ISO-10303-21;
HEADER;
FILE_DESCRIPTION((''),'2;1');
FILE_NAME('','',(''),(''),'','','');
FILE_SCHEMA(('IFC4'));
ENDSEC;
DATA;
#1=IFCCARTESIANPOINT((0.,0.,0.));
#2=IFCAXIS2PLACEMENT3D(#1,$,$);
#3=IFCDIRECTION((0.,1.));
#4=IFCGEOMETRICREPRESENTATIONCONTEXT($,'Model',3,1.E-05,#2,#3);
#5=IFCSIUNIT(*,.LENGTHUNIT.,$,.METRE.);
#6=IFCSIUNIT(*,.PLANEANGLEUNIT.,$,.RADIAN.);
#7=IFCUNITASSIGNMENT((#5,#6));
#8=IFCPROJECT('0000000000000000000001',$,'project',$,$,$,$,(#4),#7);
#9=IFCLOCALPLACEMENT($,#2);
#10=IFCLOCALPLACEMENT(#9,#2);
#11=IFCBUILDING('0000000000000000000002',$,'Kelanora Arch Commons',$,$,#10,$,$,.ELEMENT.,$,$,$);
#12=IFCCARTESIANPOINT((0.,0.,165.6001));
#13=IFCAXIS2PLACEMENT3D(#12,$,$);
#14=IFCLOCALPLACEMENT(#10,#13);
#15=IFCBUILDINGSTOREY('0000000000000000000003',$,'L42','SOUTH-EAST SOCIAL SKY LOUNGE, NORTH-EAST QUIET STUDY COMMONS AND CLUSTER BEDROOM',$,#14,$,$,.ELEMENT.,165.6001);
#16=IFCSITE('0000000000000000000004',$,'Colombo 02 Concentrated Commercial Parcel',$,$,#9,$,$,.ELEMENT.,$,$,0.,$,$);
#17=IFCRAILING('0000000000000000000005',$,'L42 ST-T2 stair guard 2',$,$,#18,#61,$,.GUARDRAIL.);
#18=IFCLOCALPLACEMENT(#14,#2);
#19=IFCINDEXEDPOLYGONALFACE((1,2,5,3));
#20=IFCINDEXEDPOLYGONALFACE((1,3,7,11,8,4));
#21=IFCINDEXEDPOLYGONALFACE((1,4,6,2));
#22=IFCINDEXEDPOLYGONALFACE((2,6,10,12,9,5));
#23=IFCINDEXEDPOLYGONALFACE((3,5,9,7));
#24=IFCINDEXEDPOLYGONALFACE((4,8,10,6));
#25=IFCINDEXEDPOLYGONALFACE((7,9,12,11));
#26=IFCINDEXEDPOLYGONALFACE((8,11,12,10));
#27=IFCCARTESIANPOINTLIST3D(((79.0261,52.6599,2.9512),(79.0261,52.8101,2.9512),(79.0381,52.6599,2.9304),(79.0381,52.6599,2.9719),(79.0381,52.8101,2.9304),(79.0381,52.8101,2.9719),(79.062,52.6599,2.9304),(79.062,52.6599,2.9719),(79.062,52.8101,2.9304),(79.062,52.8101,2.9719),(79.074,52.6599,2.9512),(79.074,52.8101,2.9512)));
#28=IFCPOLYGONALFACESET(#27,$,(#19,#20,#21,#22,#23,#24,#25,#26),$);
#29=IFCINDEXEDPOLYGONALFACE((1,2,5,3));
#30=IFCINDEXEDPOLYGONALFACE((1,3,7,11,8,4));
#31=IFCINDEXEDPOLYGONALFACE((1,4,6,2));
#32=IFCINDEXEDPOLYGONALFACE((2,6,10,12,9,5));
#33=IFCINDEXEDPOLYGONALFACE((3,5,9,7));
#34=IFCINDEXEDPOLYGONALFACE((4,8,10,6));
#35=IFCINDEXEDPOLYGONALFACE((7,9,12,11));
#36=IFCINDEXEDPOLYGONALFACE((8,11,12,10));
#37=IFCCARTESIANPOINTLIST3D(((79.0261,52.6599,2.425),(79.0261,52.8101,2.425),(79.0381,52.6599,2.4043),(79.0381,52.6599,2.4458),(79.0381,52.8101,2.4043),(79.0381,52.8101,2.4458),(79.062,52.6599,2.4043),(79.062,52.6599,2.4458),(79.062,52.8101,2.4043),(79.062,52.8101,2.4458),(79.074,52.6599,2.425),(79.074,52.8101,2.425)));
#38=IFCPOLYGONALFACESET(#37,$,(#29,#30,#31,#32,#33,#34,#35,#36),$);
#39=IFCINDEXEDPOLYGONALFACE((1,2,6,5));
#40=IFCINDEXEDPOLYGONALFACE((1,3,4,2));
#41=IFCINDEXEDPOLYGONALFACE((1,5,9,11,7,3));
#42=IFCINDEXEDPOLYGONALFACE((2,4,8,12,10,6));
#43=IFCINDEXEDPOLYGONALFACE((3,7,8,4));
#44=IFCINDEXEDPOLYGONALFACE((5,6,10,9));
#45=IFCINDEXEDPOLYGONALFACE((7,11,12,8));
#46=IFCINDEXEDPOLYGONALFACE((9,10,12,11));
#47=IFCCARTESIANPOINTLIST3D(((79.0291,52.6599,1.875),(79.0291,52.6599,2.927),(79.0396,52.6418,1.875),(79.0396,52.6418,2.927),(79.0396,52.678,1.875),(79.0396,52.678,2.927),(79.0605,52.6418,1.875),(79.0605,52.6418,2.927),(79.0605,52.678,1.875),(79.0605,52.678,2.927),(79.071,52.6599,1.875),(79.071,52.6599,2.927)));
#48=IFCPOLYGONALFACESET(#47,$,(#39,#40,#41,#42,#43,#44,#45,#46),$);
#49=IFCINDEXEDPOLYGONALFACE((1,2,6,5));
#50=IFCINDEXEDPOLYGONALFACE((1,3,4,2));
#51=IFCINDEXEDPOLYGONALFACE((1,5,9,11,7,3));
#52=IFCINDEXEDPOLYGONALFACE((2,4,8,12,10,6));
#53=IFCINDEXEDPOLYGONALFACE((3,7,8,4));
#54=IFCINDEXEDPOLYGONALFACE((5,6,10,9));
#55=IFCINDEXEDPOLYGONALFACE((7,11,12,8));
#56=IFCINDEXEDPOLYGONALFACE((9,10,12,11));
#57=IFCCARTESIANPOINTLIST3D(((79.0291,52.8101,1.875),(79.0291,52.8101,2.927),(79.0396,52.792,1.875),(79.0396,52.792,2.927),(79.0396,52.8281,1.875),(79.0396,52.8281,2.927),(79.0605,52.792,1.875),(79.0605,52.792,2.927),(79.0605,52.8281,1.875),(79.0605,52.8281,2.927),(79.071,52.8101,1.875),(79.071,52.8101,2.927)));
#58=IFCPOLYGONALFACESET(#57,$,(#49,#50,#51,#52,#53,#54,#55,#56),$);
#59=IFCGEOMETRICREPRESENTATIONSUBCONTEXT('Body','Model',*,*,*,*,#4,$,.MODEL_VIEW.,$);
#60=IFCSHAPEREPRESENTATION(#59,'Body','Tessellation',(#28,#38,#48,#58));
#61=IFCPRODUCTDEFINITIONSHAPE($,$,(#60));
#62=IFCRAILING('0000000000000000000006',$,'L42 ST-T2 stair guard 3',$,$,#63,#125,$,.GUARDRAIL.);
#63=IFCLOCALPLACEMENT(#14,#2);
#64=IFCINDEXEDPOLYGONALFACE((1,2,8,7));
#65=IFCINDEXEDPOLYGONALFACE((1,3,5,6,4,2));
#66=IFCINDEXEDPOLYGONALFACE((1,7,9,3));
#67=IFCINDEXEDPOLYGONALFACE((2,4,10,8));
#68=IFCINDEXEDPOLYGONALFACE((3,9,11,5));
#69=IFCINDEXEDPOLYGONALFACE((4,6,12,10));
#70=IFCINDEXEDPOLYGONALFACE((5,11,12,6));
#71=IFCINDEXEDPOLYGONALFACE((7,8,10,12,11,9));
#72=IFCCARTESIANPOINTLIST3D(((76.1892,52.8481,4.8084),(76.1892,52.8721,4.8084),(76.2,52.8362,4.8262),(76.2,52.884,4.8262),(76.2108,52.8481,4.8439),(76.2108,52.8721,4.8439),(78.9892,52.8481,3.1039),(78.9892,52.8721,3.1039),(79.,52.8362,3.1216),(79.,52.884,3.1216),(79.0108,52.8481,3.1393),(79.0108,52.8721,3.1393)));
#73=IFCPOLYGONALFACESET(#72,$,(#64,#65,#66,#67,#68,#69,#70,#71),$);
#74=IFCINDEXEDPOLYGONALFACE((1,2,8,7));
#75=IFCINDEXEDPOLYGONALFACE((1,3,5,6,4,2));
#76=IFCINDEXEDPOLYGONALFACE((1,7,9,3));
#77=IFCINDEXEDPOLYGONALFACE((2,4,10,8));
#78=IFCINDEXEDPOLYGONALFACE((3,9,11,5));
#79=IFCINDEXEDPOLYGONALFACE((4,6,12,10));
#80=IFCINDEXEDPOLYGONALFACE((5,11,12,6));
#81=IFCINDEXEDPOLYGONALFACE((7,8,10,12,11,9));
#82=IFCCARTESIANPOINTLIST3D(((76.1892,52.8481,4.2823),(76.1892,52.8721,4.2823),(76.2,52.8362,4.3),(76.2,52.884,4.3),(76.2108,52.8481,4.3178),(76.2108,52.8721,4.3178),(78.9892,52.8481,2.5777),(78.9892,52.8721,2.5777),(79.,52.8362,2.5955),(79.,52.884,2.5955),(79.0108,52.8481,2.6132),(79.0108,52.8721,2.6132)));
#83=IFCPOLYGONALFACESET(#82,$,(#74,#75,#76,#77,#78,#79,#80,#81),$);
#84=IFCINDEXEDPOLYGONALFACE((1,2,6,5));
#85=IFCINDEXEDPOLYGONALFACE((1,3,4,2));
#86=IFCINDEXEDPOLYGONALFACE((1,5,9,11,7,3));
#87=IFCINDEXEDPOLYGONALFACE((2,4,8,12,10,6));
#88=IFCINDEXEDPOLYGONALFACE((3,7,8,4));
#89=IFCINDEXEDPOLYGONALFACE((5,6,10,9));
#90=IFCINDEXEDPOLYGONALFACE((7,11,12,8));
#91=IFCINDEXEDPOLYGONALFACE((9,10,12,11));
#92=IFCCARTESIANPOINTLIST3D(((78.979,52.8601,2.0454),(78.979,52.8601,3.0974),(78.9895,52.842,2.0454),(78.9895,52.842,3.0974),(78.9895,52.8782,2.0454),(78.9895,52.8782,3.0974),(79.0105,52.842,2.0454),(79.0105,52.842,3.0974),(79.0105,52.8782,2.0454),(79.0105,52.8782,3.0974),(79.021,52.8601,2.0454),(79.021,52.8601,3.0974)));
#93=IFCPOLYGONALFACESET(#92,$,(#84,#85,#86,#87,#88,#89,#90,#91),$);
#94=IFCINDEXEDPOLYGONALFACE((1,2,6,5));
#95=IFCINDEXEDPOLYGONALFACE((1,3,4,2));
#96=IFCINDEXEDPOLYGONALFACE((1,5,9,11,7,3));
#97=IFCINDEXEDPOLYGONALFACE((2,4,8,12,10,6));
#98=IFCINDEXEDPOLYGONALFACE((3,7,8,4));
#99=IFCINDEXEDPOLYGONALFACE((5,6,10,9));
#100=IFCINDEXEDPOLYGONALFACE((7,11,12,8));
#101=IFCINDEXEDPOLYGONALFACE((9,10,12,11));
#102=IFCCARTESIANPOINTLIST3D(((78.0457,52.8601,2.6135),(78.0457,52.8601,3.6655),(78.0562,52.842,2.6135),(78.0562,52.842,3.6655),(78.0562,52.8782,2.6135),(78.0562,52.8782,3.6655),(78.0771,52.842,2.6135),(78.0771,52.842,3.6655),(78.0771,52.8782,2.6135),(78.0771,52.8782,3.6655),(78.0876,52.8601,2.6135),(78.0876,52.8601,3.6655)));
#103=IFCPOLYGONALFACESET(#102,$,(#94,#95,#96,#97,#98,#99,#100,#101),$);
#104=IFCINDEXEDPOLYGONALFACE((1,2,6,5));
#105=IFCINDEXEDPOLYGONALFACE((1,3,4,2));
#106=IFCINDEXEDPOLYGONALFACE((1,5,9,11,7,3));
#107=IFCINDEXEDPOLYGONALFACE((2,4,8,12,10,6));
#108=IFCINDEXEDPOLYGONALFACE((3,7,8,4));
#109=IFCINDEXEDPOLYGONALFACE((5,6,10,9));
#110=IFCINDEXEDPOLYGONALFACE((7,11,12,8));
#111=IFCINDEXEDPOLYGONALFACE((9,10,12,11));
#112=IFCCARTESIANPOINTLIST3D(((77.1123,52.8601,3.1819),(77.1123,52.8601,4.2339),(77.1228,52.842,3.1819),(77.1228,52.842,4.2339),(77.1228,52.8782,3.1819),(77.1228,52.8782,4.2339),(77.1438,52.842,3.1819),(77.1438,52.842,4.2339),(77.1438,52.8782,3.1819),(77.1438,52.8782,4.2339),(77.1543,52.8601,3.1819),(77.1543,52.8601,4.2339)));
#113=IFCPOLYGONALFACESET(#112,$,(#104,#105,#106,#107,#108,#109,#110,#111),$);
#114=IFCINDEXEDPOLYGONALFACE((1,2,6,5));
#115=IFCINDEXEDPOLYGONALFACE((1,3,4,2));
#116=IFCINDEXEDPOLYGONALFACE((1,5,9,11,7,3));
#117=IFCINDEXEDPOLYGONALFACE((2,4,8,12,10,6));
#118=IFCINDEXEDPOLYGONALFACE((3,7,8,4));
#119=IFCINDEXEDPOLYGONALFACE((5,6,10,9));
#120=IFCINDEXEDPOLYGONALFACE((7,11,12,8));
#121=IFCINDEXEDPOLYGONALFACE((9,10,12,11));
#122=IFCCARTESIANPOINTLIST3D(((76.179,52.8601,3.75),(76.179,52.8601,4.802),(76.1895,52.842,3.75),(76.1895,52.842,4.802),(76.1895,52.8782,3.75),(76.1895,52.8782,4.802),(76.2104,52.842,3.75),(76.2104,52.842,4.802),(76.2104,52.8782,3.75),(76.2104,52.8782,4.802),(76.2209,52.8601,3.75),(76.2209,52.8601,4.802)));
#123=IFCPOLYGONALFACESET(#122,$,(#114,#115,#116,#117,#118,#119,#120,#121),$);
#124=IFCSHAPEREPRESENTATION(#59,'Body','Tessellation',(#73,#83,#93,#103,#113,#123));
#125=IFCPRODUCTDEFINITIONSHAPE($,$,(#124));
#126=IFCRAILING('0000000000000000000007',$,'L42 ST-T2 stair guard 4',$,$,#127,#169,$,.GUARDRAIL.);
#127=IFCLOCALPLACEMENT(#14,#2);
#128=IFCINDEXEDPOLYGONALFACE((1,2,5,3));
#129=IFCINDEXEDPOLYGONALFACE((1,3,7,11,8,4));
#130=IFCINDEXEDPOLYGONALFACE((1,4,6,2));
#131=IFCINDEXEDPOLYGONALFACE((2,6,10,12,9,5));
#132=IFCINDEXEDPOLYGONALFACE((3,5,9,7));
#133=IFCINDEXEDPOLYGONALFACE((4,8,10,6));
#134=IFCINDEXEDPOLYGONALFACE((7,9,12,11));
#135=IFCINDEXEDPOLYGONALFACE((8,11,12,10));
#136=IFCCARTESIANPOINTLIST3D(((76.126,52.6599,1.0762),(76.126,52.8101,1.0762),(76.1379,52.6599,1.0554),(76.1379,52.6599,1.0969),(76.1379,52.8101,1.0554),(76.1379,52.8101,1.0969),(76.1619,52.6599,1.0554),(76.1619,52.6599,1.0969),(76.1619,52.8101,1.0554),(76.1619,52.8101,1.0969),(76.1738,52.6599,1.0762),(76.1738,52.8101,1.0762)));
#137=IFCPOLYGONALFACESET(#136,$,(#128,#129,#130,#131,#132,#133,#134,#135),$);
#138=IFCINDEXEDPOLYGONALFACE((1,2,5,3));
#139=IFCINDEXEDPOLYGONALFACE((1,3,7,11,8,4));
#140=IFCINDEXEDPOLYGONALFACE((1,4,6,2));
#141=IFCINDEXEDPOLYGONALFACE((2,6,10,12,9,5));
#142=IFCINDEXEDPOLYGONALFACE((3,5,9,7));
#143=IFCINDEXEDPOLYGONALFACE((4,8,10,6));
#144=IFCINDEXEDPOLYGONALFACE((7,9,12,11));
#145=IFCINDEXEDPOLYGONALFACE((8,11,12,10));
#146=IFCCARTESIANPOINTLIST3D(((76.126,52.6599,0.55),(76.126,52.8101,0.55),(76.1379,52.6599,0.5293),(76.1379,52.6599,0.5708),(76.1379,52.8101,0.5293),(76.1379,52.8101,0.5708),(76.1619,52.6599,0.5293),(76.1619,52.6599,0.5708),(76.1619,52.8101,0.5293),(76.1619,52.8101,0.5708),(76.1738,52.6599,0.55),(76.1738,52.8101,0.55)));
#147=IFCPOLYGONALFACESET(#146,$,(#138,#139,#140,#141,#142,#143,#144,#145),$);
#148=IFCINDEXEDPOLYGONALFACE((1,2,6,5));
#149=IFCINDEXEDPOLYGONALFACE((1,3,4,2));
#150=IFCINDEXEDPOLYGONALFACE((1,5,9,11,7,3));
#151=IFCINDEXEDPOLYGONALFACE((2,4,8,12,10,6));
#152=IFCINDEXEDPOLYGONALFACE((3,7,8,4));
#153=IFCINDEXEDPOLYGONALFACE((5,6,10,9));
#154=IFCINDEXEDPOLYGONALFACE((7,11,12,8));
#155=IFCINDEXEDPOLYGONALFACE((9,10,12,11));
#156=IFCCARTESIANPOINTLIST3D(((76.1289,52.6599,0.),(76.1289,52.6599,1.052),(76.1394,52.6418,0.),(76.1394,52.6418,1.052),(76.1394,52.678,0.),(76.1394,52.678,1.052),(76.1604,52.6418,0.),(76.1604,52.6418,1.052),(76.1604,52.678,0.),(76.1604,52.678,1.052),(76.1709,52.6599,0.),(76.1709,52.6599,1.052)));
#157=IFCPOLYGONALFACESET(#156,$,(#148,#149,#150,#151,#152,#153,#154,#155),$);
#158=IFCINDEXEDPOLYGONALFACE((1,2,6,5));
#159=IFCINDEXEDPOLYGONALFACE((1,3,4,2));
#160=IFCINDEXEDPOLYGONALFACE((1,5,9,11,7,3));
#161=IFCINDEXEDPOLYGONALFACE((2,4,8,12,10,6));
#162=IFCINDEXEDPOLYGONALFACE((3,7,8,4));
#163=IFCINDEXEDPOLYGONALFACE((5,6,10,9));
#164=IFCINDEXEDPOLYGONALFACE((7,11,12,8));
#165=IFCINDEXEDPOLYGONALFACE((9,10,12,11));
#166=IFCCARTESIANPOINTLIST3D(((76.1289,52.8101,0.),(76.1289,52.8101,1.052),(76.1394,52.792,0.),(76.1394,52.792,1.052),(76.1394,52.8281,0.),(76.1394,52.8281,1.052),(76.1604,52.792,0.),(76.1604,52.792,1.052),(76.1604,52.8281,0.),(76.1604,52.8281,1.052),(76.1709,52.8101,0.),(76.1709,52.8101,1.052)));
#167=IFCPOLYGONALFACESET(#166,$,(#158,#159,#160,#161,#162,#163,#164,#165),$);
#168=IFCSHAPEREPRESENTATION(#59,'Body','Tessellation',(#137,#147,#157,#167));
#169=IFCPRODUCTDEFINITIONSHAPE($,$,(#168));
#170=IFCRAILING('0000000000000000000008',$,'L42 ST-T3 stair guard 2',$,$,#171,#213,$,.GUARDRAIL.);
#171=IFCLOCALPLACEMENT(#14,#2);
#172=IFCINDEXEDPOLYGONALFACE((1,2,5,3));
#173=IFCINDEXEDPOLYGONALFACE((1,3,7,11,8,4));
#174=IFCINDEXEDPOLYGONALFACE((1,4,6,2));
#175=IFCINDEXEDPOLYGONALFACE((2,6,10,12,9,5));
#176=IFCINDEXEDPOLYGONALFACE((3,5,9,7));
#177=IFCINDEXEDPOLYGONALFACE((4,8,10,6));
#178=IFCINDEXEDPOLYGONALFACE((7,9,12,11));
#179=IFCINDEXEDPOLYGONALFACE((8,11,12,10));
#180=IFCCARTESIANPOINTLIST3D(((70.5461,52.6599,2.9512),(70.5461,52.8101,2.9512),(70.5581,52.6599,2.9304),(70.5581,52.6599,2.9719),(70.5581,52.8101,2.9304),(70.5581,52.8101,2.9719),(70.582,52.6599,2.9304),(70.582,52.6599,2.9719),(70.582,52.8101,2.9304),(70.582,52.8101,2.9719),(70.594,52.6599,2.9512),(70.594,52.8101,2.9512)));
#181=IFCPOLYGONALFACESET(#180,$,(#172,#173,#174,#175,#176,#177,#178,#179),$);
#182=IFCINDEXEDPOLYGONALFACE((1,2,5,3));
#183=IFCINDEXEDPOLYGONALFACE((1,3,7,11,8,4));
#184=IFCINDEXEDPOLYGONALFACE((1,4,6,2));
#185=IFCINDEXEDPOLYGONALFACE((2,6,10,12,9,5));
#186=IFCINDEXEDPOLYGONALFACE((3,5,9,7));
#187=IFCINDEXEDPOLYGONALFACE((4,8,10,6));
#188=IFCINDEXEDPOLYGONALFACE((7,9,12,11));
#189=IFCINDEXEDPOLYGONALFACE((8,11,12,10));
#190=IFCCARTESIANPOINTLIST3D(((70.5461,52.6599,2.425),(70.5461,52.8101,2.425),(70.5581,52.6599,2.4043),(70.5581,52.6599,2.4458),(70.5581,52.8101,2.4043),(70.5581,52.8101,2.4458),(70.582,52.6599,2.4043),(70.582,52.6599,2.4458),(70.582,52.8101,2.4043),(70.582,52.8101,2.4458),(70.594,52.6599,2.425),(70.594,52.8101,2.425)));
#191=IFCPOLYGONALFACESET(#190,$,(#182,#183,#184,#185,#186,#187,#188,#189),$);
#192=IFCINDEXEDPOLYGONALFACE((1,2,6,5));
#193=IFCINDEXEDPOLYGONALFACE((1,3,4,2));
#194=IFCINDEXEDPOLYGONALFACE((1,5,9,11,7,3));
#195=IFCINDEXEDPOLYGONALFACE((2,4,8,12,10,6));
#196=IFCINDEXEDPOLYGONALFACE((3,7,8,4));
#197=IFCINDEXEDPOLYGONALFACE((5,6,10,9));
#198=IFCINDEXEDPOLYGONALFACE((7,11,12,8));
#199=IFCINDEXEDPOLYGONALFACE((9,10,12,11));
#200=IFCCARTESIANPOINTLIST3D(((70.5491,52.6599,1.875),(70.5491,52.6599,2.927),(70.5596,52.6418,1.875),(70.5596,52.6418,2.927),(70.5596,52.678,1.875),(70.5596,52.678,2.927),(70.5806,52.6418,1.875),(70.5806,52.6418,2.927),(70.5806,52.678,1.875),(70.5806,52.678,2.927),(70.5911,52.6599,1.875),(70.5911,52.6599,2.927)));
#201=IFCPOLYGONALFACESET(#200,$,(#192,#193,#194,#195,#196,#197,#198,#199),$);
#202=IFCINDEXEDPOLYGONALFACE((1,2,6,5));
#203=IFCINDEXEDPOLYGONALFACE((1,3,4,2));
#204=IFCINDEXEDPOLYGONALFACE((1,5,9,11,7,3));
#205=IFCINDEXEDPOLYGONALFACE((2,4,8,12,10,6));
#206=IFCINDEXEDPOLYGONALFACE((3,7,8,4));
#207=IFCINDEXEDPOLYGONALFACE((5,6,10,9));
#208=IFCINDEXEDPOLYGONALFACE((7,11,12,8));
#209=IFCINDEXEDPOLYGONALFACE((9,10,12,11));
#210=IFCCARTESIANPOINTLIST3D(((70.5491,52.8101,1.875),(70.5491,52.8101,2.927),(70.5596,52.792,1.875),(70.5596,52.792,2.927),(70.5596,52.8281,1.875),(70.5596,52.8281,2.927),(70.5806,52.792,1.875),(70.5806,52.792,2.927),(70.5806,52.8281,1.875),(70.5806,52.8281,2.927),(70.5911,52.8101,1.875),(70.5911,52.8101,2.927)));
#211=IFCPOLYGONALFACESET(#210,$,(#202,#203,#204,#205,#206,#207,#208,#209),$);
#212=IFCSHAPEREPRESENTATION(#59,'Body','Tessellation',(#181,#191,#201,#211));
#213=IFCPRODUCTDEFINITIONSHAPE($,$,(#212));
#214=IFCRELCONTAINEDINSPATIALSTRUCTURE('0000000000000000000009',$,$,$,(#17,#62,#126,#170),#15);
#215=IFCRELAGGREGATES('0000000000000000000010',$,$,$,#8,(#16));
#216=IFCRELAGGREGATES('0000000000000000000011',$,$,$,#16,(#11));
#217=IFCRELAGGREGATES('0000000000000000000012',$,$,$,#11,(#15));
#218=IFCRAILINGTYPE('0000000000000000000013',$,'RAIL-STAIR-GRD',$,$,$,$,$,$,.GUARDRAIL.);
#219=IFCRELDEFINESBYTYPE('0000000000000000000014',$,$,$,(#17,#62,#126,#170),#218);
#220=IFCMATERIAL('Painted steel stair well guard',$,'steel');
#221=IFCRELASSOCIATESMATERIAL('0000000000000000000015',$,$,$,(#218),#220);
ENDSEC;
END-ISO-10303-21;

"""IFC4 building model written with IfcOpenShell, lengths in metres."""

from ifc_helpers import new_model, si_unit, direction, frame, origin, place, context, subcontext, project, spatial, polyline, outline, extrude, material, type_object, element, save


model = new_model("IFC4")

# Units and contexts
model_context = context("Model", 3, precision=1e-05, world=origin(), true_north=direction((0.0, 1.0)))
body_context = subcontext(model_context, "Body", "Model", "MODEL_VIEW")
ifc_project = project(units=[si_unit("LENGTHUNIT", "METRE"), si_unit("PLANEANGLEUNIT", "RADIAN")], contexts=[model_context])

# Site, building, storey
site_placement = place(None, origin())
site = spatial("IfcSite", under=ifc_project, at=site_placement, Name="Colombo 02 Concentrated Commercial Parcel", CompositionType="ELEMENT", RefElevation=0.0)
building_placement = place(site_placement, origin())
building = spatial("IfcBuilding", under=site, at=building_placement, Name="Kelanora Arch Commons", CompositionType="ELEMENT")
storey_placement = place(building_placement, frame((0.0, 0.0, 165.6001)))
storey = spatial("IfcBuildingStorey", under=building, at=storey_placement, Name="L42", Description="SOUTH-EAST SOCIAL SKY LOUNGE, NORTH-EAST QUIET STUDY COMMONS AND CLUSTER BEDROOM", CompositionType="ELEMENT", Elevation=165.6001)

# Railings
ifc_material_1 = material(Name="Painted steel stair well guard", Category="steel")
railing_type_1 = type_object("IfcRailingType", Name="RAIL-STAIR-GRD", PredefinedType="GUARDRAIL", material=ifc_material_1)
railing_1_placement = place(storey_placement, frame((79.05, 52.6599, 1.875)))
element("IfcRailing", 1, at=railing_1_placement, inside=storey, type_object=railing_type_1, Name="L42 ST-T2 stair guard 2", PredefinedType="GUARDRAIL", context=body_context, shape_type="SweptSolid", body=[
    extrude(outline(polyline([(0.0239, 0.0), (0.012, 0.0208), (-0.012, 0.0208), (-0.0239, 0.0), (-0.012, -0.0208), (0.012, -0.0208), (0.0239, 0.0)])), frame((0.0, 0.0, 1.0762), z_axis=(0.0, 1.0, 0.0), x_axis=(-1.0, 0.0, 0.0)), (0.0, 0.0, 1.0), 0.1501),
    extrude(outline(polyline([(0.0239, 0.0), (0.012, 0.0208), (-0.012, 0.0208), (-0.0239, 0.0), (-0.012, -0.0208), (0.012, -0.0208), (0.0239, 0.0)])), frame((0.0, 0.0, 0.55), z_axis=(0.0, 1.0, 0.0), x_axis=(-1.0, 0.0, 0.0)), (0.0, 0.0, 1.0), 0.1501),
    extrude(outline(polyline([(0.021, 0.0), (0.0105, 0.0181), (-0.0105, 0.0181), (-0.021, 0.0), (-0.0105, -0.0181), (0.0105, -0.0181), (0.021, 0.0)])), origin(), (0.0, 0.0, 1.0), 1.052),
    extrude(outline(polyline([(0.021, 0.0), (0.0105, 0.0181), (-0.0105, 0.0181), (-0.021, 0.0), (-0.0105, -0.0181), (0.0105, -0.0181), (0.021, 0.0)])), frame((0.0, 0.1501, 0.0)), (0.0, 0.0, 1.0), 1.052),
])
railing_2_placement = place(storey_placement, frame((79.0, 52.8601, 2.0454)))
element("IfcRailing", 2, at=railing_2_placement, inside=storey, type_object=railing_type_1, Name="L42 ST-T2 stair guard 3", PredefinedType="GUARDRAIL", context=body_context, shape_type="SweptSolid", body=[
    extrude(outline(polyline([(0.0239, 0.0), (0.012, 0.0208), (-0.012, 0.0208), (-0.0239, 0.0), (-0.012, -0.0208), (0.012, -0.0208), (0.0239, 0.0)])), frame((0.0, 0.0, 1.0762), z_axis=(-0.85417, 0.0, 0.519994), x_axis=(0.0, -1.0, 0.0)), (0.0, 0.0, 1.0), 3.2781),
    extrude(outline(polyline([(0.0239, 0.0), (0.012, 0.0208), (-0.012, 0.0208), (-0.0239, 0.0), (-0.012, -0.0208), (0.012, -0.0208), (0.0239, 0.0)])), frame((0.0, 0.0, 0.55), z_axis=(-0.85417, 0.0, 0.519994), x_axis=(0.0, -1.0, 0.0)), (0.0, 0.0, 1.0), 3.2781),
    extrude(outline(polyline([(0.021, 0.0), (0.0105, 0.0181), (-0.0105, 0.0181), (-0.021, 0.0), (-0.0105, -0.0181), (0.0105, -0.0181), (0.021, 0.0)])), origin(), (0.0, 0.0, 1.0), 1.052),
    extrude(outline(polyline([(0.021, 0.0), (0.0105, 0.0181), (-0.0105, 0.0181), (-0.021, 0.0), (-0.0105, -0.0181), (0.0105, -0.0181), (0.021, 0.0)])), frame((-0.9333, 0.0, 0.5681)), (0.0, 0.0, 1.0), 1.052),
    extrude(outline(polyline([(0.021, 0.0), (0.0105, 0.0181), (-0.0105, 0.0181), (-0.021, 0.0), (-0.0105, -0.0181), (0.0105, -0.0181), (0.021, 0.0)])), frame((-1.8667, 0.0, 1.1365)), (0.0, 0.0, 1.0), 1.052),
    extrude(outline(polyline([(0.021, 0.0), (0.0105, 0.0181), (-0.0105, 0.0181), (-0.021, 0.0), (-0.0105, -0.0181), (0.0105, -0.0181), (0.021, 0.0)])), frame((-2.8, 0.0, 1.7046)), (0.0, 0.0, 1.0), 1.052),
])
for number, where, name in (
    (3, (76.1499, 52.6599, 0.0), "L42 ST-T2 stair guard 4"),
    (4, (70.5701, 52.6599, 1.875), "L42 ST-T3 stair guard 2"),
):
    element("IfcRailing", number, at=place(storey_placement, frame(where)), inside=storey, type_object=railing_type_1, Name=name, PredefinedType="GUARDRAIL", context=body_context, shape_type="SweptSolid", body=[
        extrude(outline(polyline([(0.0239, 0.0), (0.012, 0.0208), (-0.012, 0.0208), (-0.0239, 0.0), (-0.012, -0.0208), (0.012, -0.0208), (0.0239, 0.0)])), frame((0.0, 0.0, 1.0762), z_axis=(0.0, 1.0, 0.0), x_axis=(-1.0, 0.0, 0.0)), (0.0, 0.0, 1.0), 0.1501),
        extrude(outline(polyline([(0.0239, 0.0), (0.012, 0.0208), (-0.012, 0.0208), (-0.0239, 0.0), (-0.012, -0.0208), (0.012, -0.0208), (0.0239, 0.0)])), frame((0.0, 0.0, 0.55), z_axis=(0.0, 1.0, 0.0), x_axis=(-1.0, 0.0, 0.0)), (0.0, 0.0, 1.0), 0.1501),
        extrude(outline(polyline([(0.021, 0.0), (0.0105, 0.0181), (-0.0105, 0.0181), (-0.021, 0.0), (-0.0105, -0.0181), (0.0105, -0.0181), (0.021, 0.0)])), origin(), (0.0, 0.0, 1.0), 1.052),
        extrude(outline(polyline([(0.021, 0.0), (0.0105, 0.0181), (-0.0105, 0.0181), (-0.021, 0.0), (-0.0105, -0.0181), (0.0105, -0.0181), (0.021, 0.0)])), frame((0.0, 0.1501, 0.0)), (0.0, 0.0, 1.0), 1.052),
    ])

save(model, "model.ifc")
